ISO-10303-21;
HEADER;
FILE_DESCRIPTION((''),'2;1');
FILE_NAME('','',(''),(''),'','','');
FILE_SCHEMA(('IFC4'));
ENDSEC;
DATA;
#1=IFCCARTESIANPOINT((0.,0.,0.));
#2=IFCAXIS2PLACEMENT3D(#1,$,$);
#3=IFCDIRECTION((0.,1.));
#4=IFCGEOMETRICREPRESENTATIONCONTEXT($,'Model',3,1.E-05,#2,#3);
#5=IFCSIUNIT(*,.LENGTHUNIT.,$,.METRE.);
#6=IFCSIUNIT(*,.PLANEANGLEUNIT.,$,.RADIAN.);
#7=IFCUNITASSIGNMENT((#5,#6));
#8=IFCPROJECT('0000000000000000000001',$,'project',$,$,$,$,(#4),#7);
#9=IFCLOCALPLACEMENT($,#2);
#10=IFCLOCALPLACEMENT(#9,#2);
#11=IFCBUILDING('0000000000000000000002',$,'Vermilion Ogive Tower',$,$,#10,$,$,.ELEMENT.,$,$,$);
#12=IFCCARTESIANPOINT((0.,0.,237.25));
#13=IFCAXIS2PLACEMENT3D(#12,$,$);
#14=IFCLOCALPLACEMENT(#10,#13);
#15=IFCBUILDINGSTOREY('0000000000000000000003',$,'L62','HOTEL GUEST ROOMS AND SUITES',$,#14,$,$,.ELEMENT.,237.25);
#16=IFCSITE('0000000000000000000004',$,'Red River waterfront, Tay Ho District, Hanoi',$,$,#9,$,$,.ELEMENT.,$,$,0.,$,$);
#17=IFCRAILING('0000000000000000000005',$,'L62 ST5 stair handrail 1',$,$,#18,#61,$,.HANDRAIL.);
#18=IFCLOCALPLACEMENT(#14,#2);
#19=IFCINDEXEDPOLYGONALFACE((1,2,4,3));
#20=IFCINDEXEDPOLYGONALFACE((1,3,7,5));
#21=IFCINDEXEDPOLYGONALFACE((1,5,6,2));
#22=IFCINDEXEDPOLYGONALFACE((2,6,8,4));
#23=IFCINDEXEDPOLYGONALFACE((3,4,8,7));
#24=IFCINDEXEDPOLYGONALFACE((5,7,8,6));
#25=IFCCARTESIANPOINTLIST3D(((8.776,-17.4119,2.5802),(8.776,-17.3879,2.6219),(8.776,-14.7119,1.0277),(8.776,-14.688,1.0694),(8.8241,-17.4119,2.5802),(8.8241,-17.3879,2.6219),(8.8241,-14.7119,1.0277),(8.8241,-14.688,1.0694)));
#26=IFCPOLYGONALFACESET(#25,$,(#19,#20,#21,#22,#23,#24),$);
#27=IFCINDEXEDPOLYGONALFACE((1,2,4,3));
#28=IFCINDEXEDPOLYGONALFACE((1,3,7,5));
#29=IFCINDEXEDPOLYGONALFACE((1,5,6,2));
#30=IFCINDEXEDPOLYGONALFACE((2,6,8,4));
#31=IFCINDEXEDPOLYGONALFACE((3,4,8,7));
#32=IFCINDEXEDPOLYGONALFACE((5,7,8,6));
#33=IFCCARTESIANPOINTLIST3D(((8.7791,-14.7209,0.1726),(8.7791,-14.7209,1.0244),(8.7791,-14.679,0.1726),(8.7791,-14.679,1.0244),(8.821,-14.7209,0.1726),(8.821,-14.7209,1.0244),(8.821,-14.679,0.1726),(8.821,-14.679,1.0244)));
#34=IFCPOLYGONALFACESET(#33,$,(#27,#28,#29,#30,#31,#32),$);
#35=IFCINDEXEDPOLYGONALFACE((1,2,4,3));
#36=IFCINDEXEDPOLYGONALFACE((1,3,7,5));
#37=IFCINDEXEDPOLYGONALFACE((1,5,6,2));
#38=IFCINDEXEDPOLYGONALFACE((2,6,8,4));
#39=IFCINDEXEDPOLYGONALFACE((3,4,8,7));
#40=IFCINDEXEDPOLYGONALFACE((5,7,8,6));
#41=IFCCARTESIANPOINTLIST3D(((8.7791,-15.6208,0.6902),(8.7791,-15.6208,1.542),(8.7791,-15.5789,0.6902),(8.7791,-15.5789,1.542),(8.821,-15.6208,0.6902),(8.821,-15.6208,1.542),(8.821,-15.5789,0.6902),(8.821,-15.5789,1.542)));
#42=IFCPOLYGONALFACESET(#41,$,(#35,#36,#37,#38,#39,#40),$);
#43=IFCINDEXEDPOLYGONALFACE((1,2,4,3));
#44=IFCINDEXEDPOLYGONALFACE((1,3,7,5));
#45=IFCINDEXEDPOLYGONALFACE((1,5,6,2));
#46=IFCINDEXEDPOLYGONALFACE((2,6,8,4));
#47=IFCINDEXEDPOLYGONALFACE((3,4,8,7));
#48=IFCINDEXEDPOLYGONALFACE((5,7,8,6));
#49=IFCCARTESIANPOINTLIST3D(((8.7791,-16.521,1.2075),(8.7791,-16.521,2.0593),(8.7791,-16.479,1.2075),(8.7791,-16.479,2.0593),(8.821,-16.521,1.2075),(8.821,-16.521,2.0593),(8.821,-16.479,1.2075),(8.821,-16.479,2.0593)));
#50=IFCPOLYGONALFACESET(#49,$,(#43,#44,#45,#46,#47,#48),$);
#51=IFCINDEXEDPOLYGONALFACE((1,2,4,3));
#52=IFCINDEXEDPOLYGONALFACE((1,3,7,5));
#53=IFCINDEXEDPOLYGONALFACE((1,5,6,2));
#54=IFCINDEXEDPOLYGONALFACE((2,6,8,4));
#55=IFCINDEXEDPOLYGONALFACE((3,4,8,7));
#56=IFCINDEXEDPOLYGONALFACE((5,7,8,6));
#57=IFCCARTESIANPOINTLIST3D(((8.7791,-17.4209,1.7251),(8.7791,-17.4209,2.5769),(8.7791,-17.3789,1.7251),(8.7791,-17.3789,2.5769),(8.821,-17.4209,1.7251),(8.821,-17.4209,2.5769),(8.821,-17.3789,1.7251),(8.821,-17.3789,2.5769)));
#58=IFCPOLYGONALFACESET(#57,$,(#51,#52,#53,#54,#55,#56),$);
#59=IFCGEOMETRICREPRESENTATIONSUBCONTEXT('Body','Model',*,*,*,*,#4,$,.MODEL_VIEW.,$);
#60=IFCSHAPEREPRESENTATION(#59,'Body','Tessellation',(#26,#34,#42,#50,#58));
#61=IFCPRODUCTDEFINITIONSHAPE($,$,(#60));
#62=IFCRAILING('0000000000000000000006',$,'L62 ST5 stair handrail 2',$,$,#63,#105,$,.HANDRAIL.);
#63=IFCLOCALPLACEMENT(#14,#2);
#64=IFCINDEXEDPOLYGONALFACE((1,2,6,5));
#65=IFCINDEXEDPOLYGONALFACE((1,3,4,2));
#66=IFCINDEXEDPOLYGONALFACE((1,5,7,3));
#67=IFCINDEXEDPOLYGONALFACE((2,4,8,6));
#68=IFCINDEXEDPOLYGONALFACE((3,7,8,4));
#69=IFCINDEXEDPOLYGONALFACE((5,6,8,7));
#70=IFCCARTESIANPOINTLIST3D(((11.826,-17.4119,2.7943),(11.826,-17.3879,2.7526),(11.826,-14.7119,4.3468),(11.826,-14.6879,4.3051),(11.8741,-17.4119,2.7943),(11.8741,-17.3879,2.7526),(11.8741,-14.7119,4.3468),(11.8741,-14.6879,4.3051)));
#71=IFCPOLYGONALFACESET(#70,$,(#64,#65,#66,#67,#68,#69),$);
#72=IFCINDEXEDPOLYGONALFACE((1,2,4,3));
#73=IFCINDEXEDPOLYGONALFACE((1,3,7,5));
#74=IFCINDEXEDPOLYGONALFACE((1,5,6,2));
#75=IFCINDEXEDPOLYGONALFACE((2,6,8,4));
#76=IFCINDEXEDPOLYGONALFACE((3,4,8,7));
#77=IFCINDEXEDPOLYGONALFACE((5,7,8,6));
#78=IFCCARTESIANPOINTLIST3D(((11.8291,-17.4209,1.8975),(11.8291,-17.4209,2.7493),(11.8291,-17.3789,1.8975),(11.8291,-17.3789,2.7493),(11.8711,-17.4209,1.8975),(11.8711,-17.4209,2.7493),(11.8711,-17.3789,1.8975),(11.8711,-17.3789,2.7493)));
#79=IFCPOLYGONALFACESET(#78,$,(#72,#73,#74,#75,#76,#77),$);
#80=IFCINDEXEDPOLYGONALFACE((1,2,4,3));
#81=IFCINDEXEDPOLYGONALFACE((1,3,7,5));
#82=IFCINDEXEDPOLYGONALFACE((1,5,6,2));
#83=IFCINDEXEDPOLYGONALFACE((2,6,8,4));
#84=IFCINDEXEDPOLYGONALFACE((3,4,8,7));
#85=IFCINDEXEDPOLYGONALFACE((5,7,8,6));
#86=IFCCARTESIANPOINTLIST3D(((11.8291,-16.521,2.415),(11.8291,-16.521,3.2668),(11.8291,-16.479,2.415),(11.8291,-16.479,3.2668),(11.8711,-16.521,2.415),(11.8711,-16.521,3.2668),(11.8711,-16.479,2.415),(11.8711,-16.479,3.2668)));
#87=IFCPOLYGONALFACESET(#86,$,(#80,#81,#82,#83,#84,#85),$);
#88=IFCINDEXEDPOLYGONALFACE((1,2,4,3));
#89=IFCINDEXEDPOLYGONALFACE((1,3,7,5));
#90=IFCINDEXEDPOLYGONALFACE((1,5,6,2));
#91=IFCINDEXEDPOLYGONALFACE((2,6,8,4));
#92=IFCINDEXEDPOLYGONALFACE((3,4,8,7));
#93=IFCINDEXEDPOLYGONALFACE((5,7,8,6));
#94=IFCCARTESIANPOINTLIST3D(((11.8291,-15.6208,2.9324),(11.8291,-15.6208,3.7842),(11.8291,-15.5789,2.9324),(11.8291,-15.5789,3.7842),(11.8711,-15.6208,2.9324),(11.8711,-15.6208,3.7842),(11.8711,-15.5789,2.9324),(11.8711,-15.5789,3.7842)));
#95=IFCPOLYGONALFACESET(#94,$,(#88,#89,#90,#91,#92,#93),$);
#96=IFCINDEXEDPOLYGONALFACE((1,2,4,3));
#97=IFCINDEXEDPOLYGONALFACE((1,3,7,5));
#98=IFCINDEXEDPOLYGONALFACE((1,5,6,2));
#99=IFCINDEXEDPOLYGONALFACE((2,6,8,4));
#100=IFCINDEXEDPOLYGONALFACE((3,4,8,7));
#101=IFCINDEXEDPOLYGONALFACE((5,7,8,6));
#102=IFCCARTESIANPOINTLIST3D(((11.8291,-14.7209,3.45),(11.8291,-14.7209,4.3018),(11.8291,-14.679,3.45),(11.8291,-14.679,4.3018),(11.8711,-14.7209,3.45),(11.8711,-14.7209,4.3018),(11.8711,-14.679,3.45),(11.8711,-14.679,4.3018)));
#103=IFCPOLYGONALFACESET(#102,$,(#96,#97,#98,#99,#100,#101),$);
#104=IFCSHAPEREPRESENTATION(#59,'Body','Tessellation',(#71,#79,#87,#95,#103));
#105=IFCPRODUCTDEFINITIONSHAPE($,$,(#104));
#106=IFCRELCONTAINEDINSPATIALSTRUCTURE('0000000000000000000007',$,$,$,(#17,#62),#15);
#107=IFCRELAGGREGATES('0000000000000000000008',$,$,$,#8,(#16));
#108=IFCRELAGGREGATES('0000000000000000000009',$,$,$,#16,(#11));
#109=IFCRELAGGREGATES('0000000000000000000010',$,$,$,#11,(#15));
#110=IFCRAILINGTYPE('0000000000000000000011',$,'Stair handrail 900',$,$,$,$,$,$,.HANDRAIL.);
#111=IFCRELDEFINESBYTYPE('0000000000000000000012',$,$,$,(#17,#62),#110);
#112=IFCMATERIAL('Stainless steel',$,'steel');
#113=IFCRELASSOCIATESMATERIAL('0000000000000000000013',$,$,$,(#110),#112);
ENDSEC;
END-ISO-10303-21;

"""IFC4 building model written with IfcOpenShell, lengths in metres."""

from ifc_helpers import new_model, si_unit, direction, frame, origin, origin_2d, place, context, subcontext, project, spatial, rectangle, extrude, material, type_object, element, save


model = new_model("IFC4")

# Units and contexts
model_context = context("Model", 3, precision=1e-05, world=origin(), true_north=direction((0.0, 1.0)))
body_context = subcontext(model_context, "Body", "Model", "MODEL_VIEW")
ifc_project = project(units=[si_unit("LENGTHUNIT", "METRE"), si_unit("PLANEANGLEUNIT", "RADIAN")], contexts=[model_context])

# Site, building, storey
site_placement = place(None, origin())
site = spatial("IfcSite", under=ifc_project, at=site_placement, Name="Red River waterfront, Tay Ho District, Hanoi", CompositionType="ELEMENT", RefElevation=0.0)
building_placement = place(site_placement, origin())
building = spatial("IfcBuilding", under=site, at=building_placement, Name="Vermilion Ogive Tower", CompositionType="ELEMENT")
storey_placement = place(building_placement, frame((0.0, 0.0, 237.25)))
storey = spatial("IfcBuildingStorey", under=building, at=storey_placement, Name="L62", Description="HOTEL GUEST ROOMS AND SUITES", CompositionType="ELEMENT", Elevation=237.25)

# Railings
ifc_material_1 = material(Name="Stainless steel", Category="steel")
railing_type_1 = type_object("IfcRailingType", Name="Stair handrail 900", PredefinedType="HANDRAIL", material=ifc_material_1)
railing_1_placement = place(storey_placement, frame((8.8, -14.7, 0.1726)))
element("IfcRailing", 1, at=railing_1_placement, inside=storey, type_object=railing_type_1, Name="L62 ST5 stair handrail 1", PredefinedType="HANDRAIL", context=body_context, shape_type="SweptSolid", body=[
    extrude(rectangle(XDim=0.0481, YDim=0.0481, at=origin_2d()), frame((0.0, 0.0, 0.876), z_axis=(0.0, -0.866904, 0.498476), x_axis=(1.0, 0.0, 0.0)), (0.0, 0.0, 1.0), 3.1145),
    extrude(rectangle(XDim=0.042, YDim=0.042, at=origin_2d()), origin(), (0.0, 0.0, 1.0), 0.8518),
    extrude(rectangle(XDim=0.042, YDim=0.042, at=origin_2d()), frame((0.0, -0.8999, 0.5176)), (0.0, 0.0, 1.0), 0.8518),
    extrude(rectangle(XDim=0.042, YDim=0.042, at=origin_2d()), frame((0.0, -1.8, 1.0349)), (0.0, 0.0, 1.0), 0.8518),
    extrude(rectangle(XDim=0.042, YDim=0.042, at=origin_2d()), frame((0.0, -2.7, 1.5525)), (0.0, 0.0, 1.0), 0.8518),
])
railing_2_placement = place(storey_placement, frame((11.8501, -17.3999, 1.8975)))
element("IfcRailing", 2, at=railing_2_placement, inside=storey, type_object=railing_type_1, Name="L62 ST5 stair handrail 2", PredefinedType="HANDRAIL", context=body_context, shape_type="SweptSolid", body=[
    extrude(rectangle(XDim=0.0481, YDim=0.0481, at=origin_2d()), frame((0.0, 0.0, 0.876), z_axis=(0.0, 0.866904, 0.498476), x_axis=(-1.0, 0.0, 0.0)), (0.0, 0.0, 1.0), 3.1145),
    extrude(rectangle(XDim=0.042, YDim=0.042, at=origin_2d()), origin(), (0.0, 0.0, 1.0), 0.8518),
    extrude(rectangle(XDim=0.042, YDim=0.042, at=origin_2d()), frame((0.0, 0.8999, 0.5176)), (0.0, 0.0, 1.0), 0.8518),
    extrude(rectangle(XDim=0.042, YDim=0.042, at=origin_2d()), frame((0.0, 1.8, 1.0349)), (0.0, 0.0, 1.0), 0.8518),
    extrude(rectangle(XDim=0.042, YDim=0.042, at=origin_2d()), frame((0.0, 2.7, 1.5525)), (0.0, 0.0, 1.0), 0.8518),
])

save(model, "model.ifc")
